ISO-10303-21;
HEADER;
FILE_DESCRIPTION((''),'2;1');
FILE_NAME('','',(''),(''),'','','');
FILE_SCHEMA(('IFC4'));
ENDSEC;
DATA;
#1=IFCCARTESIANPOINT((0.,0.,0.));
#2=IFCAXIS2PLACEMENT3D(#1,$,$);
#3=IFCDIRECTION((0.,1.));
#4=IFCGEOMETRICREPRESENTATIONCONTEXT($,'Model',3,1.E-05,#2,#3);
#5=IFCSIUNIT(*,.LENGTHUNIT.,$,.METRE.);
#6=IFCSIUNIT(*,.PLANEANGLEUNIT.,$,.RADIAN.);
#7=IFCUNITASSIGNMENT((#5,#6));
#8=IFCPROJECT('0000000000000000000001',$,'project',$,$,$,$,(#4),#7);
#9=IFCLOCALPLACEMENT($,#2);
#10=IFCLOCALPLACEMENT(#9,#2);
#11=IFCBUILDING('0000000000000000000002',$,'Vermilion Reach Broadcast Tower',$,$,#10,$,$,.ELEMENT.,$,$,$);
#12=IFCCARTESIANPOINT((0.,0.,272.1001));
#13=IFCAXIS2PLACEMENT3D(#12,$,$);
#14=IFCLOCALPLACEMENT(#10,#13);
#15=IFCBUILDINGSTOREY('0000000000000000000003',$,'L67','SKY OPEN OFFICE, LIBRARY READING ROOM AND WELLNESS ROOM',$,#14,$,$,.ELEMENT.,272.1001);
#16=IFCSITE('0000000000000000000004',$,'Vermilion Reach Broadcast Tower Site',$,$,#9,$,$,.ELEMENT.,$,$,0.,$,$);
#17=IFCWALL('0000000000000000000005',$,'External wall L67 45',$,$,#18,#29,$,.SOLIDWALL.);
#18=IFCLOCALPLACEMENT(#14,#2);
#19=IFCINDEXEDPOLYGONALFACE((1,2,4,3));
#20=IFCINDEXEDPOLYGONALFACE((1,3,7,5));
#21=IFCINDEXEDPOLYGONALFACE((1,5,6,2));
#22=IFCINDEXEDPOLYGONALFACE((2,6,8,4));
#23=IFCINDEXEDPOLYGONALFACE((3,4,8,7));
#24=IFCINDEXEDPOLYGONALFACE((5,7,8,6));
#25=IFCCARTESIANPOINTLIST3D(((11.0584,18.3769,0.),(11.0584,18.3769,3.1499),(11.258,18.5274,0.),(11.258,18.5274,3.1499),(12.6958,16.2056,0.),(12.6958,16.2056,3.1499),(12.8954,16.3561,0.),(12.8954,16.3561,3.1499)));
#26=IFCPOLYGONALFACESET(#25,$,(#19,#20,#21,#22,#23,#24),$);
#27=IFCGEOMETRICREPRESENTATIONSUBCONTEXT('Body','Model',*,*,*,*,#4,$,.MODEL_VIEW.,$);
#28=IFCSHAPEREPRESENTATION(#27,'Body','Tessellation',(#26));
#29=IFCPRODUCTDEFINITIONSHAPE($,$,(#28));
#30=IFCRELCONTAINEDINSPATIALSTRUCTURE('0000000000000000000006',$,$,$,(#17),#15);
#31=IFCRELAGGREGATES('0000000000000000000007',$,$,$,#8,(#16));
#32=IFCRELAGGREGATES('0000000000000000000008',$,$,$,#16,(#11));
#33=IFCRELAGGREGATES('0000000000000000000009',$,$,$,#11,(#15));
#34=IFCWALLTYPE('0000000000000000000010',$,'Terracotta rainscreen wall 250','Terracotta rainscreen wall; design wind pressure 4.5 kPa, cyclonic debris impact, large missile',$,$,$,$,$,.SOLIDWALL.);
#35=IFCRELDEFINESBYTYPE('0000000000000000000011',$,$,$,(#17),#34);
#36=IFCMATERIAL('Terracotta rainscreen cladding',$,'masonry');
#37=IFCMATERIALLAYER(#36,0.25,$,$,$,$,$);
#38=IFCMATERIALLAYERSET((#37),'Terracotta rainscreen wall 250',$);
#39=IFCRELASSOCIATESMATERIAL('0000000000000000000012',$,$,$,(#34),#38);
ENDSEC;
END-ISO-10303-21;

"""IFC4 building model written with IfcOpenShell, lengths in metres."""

from ifc_helpers import new_model, si_unit, direction, frame, frame_2d, origin, place, context, subcontext, project, spatial, rectangle, extrude, material, layer, layer_set, type_object, element, save


model = new_model("IFC4")

# Units and contexts
model_context = context("Model", 3, precision=1e-05, world=origin(), true_north=direction((0.0, 1.0)))
body_context = subcontext(model_context, "Body", "Model", "MODEL_VIEW")
ifc_project = project(units=[si_unit("LENGTHUNIT", "METRE"), si_unit("PLANEANGLEUNIT", "RADIAN")], contexts=[model_context])

# Site, building, storey
site_placement = place(None, origin())
site = spatial("IfcSite", under=ifc_project, at=site_placement, Name="Vermilion Reach Broadcast Tower Site", CompositionType="ELEMENT", RefElevation=0.0)
building_placement = place(site_placement, origin())
building = spatial("IfcBuilding", under=site, at=building_placement, Name="Vermilion Reach Broadcast Tower", CompositionType="ELEMENT")
storey_placement = place(building_placement, frame((0.0, 0.0, 272.1001)))
storey = spatial("IfcBuildingStorey", under=building, at=storey_placement, Name="L67", Description="SKY OPEN OFFICE, LIBRARY READING ROOM AND WELLNESS ROOM", CompositionType="ELEMENT", Elevation=272.1001)

# Shared definitions
ifc_material_1 = material(Name="Terracotta rainscreen cladding", Category="masonry")
ifc_layer_1 = layer(ifc_material_1, 0.25)
ifc_layer_set_1 = layer_set([ifc_layer_1], Name="Terracotta rainscreen wall 250")
wall_type_1 = type_object("IfcWallType", Name="Terracotta rainscreen wall 250", Description="Terracotta rainscreen wall; design wind pressure 4.5 kPa, cyclonic debris impact, large missile", PredefinedType="SOLIDWALL", material=ifc_layer_set_1)

# Wall
wall_1_placement = place(storey_placement, frame((12.7957, 16.2808, 0.0), z_axis=(0.0, 0.0, 1.0), x_axis=(-0.602095, 0.798424, 0.0)))
element("IfcWall", 1, at=wall_1_placement, inside=storey, type_object=wall_type_1, Name="External wall L67 45", PredefinedType="SOLIDWALL", context=body_context, shape_type="SweptSolid", body=[
    extrude(rectangle(XDim=2.7195, YDim=0.25, at=frame_2d((1.3599, 0.0))), origin(), (0.0, 0.0, 1.0), 3.1499),
])

save(model, "model.ifc")
